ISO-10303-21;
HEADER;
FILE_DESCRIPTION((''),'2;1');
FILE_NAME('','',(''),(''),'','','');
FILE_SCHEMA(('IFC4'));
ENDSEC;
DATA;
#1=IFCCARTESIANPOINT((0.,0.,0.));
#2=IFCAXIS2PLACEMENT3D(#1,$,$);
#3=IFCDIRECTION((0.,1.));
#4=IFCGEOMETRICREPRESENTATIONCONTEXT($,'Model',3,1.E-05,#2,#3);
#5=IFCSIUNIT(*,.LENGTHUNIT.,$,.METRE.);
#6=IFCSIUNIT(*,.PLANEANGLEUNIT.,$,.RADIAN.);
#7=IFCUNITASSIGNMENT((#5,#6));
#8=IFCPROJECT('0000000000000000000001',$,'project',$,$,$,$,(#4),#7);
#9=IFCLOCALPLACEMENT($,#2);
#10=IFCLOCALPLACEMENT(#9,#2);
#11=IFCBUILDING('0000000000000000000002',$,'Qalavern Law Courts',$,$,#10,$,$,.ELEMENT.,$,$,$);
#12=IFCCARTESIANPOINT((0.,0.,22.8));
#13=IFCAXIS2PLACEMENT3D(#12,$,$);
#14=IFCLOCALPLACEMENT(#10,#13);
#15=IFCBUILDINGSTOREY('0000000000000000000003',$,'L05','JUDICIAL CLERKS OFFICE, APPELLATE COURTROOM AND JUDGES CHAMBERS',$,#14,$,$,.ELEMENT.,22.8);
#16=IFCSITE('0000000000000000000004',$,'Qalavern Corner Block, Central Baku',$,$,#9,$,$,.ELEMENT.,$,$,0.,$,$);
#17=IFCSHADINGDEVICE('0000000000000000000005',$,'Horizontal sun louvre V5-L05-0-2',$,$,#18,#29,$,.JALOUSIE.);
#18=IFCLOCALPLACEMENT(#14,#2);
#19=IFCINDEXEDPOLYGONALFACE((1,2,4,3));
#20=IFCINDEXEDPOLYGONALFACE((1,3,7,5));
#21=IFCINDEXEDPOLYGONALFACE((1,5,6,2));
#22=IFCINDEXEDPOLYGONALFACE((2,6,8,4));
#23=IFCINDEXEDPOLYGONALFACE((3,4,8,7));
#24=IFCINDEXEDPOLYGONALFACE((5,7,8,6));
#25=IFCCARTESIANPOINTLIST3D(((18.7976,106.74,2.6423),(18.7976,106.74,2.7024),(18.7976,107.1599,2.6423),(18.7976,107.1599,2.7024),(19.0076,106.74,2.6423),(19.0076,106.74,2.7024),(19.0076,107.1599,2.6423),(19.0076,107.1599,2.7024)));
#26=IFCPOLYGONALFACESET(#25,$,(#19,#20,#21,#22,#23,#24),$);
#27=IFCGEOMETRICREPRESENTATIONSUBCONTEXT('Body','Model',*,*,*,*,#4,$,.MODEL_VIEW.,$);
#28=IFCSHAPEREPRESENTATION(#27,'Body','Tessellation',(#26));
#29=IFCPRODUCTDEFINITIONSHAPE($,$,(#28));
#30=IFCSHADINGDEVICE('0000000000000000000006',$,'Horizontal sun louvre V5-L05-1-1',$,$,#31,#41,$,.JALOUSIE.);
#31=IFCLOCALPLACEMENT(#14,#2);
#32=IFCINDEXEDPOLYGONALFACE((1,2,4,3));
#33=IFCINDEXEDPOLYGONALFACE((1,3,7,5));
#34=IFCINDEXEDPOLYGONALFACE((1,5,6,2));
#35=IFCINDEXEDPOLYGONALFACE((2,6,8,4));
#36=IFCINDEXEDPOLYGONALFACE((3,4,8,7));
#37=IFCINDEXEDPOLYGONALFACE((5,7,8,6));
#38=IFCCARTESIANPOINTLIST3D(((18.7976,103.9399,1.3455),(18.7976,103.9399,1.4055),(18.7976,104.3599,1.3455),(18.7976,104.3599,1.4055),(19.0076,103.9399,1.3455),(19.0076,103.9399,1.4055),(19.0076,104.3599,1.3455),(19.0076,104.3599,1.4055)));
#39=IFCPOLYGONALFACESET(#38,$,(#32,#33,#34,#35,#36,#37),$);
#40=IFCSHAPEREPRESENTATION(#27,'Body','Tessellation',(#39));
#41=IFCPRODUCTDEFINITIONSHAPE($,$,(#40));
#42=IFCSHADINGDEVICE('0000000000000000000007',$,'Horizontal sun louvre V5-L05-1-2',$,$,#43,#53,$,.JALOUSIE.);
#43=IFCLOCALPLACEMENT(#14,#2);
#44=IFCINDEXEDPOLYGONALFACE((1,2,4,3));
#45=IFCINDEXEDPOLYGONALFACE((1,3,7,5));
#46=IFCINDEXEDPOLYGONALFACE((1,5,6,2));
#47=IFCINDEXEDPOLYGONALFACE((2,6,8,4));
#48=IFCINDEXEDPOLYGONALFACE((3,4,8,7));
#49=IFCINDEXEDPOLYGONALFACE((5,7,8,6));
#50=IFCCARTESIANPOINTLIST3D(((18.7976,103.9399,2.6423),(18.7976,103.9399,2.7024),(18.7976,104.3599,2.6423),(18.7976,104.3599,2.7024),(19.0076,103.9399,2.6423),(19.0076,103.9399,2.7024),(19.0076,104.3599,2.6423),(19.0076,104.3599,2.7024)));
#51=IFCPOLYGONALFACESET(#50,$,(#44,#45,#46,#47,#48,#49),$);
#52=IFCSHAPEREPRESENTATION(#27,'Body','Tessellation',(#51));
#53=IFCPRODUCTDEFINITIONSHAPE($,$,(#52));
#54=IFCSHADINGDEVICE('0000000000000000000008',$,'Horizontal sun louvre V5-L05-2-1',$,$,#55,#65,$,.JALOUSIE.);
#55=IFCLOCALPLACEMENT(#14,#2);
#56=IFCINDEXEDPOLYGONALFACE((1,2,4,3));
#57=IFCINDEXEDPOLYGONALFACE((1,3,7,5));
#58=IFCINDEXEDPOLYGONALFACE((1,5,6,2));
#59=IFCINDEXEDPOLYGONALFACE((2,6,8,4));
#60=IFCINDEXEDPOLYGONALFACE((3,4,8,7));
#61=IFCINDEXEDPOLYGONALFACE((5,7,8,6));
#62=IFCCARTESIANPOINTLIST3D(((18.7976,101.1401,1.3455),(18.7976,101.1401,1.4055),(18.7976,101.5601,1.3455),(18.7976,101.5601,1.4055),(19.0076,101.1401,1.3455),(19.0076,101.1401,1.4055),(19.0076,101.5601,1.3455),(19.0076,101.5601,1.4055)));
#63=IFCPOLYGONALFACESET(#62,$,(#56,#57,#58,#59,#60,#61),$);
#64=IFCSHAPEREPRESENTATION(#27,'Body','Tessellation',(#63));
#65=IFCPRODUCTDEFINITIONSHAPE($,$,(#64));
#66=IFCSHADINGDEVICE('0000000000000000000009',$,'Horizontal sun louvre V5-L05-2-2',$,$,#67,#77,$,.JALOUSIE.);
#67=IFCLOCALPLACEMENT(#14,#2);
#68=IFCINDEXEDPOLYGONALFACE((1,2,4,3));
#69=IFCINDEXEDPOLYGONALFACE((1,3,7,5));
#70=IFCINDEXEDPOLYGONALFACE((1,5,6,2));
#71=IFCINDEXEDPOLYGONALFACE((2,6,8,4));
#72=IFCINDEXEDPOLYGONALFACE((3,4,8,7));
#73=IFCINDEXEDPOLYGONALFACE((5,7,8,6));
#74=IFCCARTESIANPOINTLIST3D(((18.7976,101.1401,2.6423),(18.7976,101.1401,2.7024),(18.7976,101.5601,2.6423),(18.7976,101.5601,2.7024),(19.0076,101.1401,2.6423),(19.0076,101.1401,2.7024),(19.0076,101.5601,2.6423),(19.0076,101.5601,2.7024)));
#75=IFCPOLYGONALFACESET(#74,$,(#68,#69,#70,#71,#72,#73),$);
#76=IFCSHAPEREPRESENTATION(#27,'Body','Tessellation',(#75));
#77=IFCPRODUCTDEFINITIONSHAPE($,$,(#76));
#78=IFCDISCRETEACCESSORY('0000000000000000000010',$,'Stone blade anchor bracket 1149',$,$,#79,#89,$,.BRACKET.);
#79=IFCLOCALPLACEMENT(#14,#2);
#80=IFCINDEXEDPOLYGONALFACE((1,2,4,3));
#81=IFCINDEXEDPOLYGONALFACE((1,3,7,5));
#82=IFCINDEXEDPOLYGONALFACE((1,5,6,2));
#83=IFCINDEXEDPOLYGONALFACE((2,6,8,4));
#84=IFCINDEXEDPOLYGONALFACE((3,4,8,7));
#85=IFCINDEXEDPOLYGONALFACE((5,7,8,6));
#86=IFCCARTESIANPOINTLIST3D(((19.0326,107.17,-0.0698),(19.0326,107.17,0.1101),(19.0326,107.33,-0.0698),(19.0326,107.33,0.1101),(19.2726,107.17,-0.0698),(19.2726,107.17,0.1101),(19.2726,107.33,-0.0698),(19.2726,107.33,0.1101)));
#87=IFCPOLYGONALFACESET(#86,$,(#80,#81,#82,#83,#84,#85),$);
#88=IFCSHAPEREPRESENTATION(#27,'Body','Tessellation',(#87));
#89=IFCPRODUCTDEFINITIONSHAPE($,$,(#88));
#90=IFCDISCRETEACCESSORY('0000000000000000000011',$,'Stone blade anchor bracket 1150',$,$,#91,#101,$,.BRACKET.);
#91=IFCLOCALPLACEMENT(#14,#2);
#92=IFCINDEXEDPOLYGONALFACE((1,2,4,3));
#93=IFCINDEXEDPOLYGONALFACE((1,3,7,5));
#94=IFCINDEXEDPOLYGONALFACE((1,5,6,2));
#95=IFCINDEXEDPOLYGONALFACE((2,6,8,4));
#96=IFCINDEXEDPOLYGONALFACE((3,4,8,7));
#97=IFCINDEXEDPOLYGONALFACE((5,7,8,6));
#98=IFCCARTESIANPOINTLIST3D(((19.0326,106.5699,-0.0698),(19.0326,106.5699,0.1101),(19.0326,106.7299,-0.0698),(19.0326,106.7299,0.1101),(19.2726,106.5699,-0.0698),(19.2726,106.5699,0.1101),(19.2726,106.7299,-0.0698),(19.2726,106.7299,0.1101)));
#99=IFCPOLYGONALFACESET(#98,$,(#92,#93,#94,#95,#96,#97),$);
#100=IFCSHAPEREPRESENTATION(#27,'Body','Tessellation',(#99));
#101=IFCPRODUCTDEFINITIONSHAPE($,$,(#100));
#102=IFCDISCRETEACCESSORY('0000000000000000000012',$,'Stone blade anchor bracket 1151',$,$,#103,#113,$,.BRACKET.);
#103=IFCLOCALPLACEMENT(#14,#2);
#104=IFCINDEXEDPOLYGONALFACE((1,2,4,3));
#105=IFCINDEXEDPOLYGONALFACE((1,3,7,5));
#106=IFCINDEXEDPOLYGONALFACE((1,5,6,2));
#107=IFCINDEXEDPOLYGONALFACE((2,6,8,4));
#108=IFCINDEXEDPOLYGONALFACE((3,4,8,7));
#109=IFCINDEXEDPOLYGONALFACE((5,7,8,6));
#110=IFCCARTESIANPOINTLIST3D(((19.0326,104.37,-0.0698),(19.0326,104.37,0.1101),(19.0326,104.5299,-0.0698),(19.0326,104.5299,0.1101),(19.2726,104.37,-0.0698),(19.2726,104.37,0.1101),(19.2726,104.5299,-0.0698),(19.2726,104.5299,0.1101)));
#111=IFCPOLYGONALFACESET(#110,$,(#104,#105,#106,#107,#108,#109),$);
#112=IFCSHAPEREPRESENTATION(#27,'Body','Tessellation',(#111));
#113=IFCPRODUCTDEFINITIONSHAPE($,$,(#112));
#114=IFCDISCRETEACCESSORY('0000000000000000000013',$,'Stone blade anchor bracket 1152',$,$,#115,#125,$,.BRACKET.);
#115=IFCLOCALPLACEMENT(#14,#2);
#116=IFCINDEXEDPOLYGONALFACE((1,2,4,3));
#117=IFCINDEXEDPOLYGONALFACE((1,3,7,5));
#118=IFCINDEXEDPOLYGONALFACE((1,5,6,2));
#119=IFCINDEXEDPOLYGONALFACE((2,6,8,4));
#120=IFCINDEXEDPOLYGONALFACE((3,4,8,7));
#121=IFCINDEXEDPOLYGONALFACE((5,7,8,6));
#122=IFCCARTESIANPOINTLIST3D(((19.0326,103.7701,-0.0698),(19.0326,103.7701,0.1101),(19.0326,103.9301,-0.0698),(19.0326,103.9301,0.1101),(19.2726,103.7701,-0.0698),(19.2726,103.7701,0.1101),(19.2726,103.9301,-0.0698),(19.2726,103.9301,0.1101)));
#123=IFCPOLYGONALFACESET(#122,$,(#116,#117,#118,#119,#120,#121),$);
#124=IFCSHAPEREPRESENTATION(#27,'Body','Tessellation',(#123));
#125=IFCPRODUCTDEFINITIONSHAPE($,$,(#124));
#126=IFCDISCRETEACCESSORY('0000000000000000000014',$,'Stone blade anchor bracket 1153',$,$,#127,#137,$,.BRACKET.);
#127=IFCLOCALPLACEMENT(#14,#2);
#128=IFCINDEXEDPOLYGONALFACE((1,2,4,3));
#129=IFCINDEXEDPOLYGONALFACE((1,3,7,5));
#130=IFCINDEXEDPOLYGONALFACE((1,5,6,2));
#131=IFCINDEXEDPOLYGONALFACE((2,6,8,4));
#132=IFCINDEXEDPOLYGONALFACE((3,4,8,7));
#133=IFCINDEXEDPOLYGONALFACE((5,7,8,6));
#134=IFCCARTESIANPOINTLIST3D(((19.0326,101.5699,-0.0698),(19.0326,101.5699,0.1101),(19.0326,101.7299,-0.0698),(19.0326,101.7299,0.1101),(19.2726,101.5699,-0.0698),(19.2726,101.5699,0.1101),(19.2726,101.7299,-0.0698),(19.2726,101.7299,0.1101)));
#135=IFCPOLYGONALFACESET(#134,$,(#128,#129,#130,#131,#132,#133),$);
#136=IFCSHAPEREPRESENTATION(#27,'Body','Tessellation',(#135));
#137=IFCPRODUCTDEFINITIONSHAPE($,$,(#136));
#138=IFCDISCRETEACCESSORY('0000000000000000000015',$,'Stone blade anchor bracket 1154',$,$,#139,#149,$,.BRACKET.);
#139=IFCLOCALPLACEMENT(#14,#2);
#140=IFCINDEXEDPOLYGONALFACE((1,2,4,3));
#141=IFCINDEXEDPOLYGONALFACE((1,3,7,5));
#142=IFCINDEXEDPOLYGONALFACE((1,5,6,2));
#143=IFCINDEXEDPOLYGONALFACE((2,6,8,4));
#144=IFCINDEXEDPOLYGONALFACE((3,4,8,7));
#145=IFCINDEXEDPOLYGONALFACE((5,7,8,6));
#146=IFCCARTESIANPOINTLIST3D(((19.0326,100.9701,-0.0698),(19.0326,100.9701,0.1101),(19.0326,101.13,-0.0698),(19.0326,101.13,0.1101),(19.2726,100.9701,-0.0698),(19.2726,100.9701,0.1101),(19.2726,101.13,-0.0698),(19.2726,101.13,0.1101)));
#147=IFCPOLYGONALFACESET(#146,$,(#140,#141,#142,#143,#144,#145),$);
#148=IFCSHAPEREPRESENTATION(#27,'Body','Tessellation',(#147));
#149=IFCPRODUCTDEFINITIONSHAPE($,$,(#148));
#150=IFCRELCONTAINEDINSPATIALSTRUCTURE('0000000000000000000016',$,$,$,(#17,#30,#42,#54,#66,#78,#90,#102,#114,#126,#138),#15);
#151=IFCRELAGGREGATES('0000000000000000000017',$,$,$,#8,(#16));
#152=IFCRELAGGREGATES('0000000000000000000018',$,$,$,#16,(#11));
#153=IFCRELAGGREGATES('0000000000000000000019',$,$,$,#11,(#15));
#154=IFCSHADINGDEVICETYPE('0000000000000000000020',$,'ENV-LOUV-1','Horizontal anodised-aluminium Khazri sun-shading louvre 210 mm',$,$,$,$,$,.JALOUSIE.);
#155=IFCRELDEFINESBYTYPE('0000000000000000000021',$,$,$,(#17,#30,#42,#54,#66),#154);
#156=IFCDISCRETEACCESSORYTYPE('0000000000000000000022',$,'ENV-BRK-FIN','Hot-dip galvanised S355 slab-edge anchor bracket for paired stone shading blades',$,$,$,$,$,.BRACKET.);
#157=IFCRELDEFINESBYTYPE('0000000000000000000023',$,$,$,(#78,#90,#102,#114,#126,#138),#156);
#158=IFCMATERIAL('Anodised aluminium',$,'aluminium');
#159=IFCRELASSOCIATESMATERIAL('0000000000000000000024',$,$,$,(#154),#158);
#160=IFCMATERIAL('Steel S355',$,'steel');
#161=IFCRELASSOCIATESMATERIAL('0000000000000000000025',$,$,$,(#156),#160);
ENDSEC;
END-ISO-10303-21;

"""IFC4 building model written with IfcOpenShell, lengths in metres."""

from ifc_helpers import new_model, si_unit, direction, frame, origin, origin_2d, place, context, subcontext, project, spatial, rectangle, extrude, material, type_object, element, save


model = new_model("IFC4")

# Units and contexts
model_context = context("Model", 3, precision=1e-05, world=origin(), true_north=direction((0.0, 1.0)))
body_context = subcontext(model_context, "Body", "Model", "MODEL_VIEW")
ifc_project = project(units=[si_unit("LENGTHUNIT", "METRE"), si_unit("PLANEANGLEUNIT", "RADIAN")], contexts=[model_context])

# Site, building, storey
site_placement = place(None, origin())
site = spatial("IfcSite", under=ifc_project, at=site_placement, Name="Qalavern Corner Block, Central Baku", CompositionType="ELEMENT", RefElevation=0.0)
building_placement = place(site_placement, origin())
building = spatial("IfcBuilding", under=site, at=building_placement, Name="Qalavern Law Courts", CompositionType="ELEMENT")
storey_placement = place(building_placement, frame((0.0, 0.0, 22.8)))
storey = spatial("IfcBuildingStorey", under=building, at=storey_placement, Name="L05", Description="JUDICIAL CLERKS OFFICE, APPELLATE COURTROOM AND JUDGES CHAMBERS", CompositionType="ELEMENT", Elevation=22.8)

# Shared definitions
ifc_material_1 = material(Name="Anodised aluminium", Category="aluminium")

# Shading devices
shading_device_type = type_object("IfcShadingDeviceType", Name="ENV-LOUV-1", Description="Horizontal anodised-aluminium Khazri sun-shading louvre 210 mm", PredefinedType="JALOUSIE", material=ifc_material_1)
for number, where, z_axis, x_axis, name in (
    (1, (18.9026, 106.95, 2.6423), (0.0, 0.0, 1.0), (0.0, -1.0, 0.0), "Horizontal sun louvre V5-L05-0-2"),
    (2, (18.9026, 104.1499, 1.3455), (0.0, 0.0, 1.0), (0.0, -1.0, 0.0), "Horizontal sun louvre V5-L05-1-1"),
    (3, (18.9026, 104.1499, 2.6423), (0.0, 0.0, 1.0), (0.0, -1.0, 0.0), "Horizontal sun louvre V5-L05-1-2"),
    (4, (18.9026, 101.3501, 1.3455), (0.0, 0.0, 1.0), (0.0, -1.0, 0.0), "Horizontal sun louvre V5-L05-2-1"),
    (5, (18.9026, 101.3501, 2.6423), (0.0, 0.0, 1.0), (0.0, -1.0, 0.0), "Horizontal sun louvre V5-L05-2-2"),
):
    element("IfcShadingDevice", number, at=place(storey_placement, frame(where, z_axis=z_axis, x_axis=x_axis)), inside=storey, type_object=shading_device_type, Name=name, PredefinedType="JALOUSIE", context=body_context, shape_type="SweptSolid", body=[
        extrude(rectangle(XDim=0.4199, YDim=0.21, at=origin_2d()), origin(), (0.0, 0.0, 1.0), 0.0601),
    ])

# Discrete accessories
ifc_material_2 = material(Name="Steel S355", Category="steel")
discrete_accessory_type = type_object("IfcDiscreteAccessoryType", Name="ENV-BRK-FIN", Description="Hot-dip galvanised S355 slab-edge anchor bracket for paired stone shading blades", PredefinedType="BRACKET", material=ifc_material_2)
for number, where, z_axis, x_axis, name in (
    (6, (19.1526, 107.25, -0.0698), (0.0, 0.0, 1.0), (-1.0, 0.0, 0.0), "Stone blade anchor bracket 1149"),
    (7, (19.1526, 106.6499, -0.0698), (0.0, 0.0, 1.0), (-1.0, 0.0, 0.0), "Stone blade anchor bracket 1150"),
    (8, (19.1526, 104.45, -0.0698), (0.0, 0.0, 1.0), (-1.0, 0.0, 0.0), "Stone blade anchor bracket 1151"),
    (9, (19.1526, 103.8501, -0.0698), (0.0, 0.0, 1.0), (-1.0, 0.0, 0.0), "Stone blade anchor bracket 1152"),
    (10, (19.1526, 101.6499, -0.0698), (0.0, 0.0, 1.0), (-1.0, 0.0, 0.0), "Stone blade anchor bracket 1153"),
    (11, (19.1526, 101.05, -0.0698), (0.0, 0.0, 1.0), (-1.0, 0.0, 0.0), "Stone blade anchor bracket 1154"),
):
    element("IfcDiscreteAccessory", number, at=place(storey_placement, frame(where, z_axis=z_axis, x_axis=x_axis)), inside=storey, type_object=discrete_accessory_type, Name=name, PredefinedType="BRACKET", context=body_context, shape_type="SweptSolid", body=[
        extrude(rectangle(XDim=0.24, YDim=0.1599, at=origin_2d()), origin(), (0.0, 0.0, 1.0), 0.1799),
    ])

save(model, "model.ifc")
